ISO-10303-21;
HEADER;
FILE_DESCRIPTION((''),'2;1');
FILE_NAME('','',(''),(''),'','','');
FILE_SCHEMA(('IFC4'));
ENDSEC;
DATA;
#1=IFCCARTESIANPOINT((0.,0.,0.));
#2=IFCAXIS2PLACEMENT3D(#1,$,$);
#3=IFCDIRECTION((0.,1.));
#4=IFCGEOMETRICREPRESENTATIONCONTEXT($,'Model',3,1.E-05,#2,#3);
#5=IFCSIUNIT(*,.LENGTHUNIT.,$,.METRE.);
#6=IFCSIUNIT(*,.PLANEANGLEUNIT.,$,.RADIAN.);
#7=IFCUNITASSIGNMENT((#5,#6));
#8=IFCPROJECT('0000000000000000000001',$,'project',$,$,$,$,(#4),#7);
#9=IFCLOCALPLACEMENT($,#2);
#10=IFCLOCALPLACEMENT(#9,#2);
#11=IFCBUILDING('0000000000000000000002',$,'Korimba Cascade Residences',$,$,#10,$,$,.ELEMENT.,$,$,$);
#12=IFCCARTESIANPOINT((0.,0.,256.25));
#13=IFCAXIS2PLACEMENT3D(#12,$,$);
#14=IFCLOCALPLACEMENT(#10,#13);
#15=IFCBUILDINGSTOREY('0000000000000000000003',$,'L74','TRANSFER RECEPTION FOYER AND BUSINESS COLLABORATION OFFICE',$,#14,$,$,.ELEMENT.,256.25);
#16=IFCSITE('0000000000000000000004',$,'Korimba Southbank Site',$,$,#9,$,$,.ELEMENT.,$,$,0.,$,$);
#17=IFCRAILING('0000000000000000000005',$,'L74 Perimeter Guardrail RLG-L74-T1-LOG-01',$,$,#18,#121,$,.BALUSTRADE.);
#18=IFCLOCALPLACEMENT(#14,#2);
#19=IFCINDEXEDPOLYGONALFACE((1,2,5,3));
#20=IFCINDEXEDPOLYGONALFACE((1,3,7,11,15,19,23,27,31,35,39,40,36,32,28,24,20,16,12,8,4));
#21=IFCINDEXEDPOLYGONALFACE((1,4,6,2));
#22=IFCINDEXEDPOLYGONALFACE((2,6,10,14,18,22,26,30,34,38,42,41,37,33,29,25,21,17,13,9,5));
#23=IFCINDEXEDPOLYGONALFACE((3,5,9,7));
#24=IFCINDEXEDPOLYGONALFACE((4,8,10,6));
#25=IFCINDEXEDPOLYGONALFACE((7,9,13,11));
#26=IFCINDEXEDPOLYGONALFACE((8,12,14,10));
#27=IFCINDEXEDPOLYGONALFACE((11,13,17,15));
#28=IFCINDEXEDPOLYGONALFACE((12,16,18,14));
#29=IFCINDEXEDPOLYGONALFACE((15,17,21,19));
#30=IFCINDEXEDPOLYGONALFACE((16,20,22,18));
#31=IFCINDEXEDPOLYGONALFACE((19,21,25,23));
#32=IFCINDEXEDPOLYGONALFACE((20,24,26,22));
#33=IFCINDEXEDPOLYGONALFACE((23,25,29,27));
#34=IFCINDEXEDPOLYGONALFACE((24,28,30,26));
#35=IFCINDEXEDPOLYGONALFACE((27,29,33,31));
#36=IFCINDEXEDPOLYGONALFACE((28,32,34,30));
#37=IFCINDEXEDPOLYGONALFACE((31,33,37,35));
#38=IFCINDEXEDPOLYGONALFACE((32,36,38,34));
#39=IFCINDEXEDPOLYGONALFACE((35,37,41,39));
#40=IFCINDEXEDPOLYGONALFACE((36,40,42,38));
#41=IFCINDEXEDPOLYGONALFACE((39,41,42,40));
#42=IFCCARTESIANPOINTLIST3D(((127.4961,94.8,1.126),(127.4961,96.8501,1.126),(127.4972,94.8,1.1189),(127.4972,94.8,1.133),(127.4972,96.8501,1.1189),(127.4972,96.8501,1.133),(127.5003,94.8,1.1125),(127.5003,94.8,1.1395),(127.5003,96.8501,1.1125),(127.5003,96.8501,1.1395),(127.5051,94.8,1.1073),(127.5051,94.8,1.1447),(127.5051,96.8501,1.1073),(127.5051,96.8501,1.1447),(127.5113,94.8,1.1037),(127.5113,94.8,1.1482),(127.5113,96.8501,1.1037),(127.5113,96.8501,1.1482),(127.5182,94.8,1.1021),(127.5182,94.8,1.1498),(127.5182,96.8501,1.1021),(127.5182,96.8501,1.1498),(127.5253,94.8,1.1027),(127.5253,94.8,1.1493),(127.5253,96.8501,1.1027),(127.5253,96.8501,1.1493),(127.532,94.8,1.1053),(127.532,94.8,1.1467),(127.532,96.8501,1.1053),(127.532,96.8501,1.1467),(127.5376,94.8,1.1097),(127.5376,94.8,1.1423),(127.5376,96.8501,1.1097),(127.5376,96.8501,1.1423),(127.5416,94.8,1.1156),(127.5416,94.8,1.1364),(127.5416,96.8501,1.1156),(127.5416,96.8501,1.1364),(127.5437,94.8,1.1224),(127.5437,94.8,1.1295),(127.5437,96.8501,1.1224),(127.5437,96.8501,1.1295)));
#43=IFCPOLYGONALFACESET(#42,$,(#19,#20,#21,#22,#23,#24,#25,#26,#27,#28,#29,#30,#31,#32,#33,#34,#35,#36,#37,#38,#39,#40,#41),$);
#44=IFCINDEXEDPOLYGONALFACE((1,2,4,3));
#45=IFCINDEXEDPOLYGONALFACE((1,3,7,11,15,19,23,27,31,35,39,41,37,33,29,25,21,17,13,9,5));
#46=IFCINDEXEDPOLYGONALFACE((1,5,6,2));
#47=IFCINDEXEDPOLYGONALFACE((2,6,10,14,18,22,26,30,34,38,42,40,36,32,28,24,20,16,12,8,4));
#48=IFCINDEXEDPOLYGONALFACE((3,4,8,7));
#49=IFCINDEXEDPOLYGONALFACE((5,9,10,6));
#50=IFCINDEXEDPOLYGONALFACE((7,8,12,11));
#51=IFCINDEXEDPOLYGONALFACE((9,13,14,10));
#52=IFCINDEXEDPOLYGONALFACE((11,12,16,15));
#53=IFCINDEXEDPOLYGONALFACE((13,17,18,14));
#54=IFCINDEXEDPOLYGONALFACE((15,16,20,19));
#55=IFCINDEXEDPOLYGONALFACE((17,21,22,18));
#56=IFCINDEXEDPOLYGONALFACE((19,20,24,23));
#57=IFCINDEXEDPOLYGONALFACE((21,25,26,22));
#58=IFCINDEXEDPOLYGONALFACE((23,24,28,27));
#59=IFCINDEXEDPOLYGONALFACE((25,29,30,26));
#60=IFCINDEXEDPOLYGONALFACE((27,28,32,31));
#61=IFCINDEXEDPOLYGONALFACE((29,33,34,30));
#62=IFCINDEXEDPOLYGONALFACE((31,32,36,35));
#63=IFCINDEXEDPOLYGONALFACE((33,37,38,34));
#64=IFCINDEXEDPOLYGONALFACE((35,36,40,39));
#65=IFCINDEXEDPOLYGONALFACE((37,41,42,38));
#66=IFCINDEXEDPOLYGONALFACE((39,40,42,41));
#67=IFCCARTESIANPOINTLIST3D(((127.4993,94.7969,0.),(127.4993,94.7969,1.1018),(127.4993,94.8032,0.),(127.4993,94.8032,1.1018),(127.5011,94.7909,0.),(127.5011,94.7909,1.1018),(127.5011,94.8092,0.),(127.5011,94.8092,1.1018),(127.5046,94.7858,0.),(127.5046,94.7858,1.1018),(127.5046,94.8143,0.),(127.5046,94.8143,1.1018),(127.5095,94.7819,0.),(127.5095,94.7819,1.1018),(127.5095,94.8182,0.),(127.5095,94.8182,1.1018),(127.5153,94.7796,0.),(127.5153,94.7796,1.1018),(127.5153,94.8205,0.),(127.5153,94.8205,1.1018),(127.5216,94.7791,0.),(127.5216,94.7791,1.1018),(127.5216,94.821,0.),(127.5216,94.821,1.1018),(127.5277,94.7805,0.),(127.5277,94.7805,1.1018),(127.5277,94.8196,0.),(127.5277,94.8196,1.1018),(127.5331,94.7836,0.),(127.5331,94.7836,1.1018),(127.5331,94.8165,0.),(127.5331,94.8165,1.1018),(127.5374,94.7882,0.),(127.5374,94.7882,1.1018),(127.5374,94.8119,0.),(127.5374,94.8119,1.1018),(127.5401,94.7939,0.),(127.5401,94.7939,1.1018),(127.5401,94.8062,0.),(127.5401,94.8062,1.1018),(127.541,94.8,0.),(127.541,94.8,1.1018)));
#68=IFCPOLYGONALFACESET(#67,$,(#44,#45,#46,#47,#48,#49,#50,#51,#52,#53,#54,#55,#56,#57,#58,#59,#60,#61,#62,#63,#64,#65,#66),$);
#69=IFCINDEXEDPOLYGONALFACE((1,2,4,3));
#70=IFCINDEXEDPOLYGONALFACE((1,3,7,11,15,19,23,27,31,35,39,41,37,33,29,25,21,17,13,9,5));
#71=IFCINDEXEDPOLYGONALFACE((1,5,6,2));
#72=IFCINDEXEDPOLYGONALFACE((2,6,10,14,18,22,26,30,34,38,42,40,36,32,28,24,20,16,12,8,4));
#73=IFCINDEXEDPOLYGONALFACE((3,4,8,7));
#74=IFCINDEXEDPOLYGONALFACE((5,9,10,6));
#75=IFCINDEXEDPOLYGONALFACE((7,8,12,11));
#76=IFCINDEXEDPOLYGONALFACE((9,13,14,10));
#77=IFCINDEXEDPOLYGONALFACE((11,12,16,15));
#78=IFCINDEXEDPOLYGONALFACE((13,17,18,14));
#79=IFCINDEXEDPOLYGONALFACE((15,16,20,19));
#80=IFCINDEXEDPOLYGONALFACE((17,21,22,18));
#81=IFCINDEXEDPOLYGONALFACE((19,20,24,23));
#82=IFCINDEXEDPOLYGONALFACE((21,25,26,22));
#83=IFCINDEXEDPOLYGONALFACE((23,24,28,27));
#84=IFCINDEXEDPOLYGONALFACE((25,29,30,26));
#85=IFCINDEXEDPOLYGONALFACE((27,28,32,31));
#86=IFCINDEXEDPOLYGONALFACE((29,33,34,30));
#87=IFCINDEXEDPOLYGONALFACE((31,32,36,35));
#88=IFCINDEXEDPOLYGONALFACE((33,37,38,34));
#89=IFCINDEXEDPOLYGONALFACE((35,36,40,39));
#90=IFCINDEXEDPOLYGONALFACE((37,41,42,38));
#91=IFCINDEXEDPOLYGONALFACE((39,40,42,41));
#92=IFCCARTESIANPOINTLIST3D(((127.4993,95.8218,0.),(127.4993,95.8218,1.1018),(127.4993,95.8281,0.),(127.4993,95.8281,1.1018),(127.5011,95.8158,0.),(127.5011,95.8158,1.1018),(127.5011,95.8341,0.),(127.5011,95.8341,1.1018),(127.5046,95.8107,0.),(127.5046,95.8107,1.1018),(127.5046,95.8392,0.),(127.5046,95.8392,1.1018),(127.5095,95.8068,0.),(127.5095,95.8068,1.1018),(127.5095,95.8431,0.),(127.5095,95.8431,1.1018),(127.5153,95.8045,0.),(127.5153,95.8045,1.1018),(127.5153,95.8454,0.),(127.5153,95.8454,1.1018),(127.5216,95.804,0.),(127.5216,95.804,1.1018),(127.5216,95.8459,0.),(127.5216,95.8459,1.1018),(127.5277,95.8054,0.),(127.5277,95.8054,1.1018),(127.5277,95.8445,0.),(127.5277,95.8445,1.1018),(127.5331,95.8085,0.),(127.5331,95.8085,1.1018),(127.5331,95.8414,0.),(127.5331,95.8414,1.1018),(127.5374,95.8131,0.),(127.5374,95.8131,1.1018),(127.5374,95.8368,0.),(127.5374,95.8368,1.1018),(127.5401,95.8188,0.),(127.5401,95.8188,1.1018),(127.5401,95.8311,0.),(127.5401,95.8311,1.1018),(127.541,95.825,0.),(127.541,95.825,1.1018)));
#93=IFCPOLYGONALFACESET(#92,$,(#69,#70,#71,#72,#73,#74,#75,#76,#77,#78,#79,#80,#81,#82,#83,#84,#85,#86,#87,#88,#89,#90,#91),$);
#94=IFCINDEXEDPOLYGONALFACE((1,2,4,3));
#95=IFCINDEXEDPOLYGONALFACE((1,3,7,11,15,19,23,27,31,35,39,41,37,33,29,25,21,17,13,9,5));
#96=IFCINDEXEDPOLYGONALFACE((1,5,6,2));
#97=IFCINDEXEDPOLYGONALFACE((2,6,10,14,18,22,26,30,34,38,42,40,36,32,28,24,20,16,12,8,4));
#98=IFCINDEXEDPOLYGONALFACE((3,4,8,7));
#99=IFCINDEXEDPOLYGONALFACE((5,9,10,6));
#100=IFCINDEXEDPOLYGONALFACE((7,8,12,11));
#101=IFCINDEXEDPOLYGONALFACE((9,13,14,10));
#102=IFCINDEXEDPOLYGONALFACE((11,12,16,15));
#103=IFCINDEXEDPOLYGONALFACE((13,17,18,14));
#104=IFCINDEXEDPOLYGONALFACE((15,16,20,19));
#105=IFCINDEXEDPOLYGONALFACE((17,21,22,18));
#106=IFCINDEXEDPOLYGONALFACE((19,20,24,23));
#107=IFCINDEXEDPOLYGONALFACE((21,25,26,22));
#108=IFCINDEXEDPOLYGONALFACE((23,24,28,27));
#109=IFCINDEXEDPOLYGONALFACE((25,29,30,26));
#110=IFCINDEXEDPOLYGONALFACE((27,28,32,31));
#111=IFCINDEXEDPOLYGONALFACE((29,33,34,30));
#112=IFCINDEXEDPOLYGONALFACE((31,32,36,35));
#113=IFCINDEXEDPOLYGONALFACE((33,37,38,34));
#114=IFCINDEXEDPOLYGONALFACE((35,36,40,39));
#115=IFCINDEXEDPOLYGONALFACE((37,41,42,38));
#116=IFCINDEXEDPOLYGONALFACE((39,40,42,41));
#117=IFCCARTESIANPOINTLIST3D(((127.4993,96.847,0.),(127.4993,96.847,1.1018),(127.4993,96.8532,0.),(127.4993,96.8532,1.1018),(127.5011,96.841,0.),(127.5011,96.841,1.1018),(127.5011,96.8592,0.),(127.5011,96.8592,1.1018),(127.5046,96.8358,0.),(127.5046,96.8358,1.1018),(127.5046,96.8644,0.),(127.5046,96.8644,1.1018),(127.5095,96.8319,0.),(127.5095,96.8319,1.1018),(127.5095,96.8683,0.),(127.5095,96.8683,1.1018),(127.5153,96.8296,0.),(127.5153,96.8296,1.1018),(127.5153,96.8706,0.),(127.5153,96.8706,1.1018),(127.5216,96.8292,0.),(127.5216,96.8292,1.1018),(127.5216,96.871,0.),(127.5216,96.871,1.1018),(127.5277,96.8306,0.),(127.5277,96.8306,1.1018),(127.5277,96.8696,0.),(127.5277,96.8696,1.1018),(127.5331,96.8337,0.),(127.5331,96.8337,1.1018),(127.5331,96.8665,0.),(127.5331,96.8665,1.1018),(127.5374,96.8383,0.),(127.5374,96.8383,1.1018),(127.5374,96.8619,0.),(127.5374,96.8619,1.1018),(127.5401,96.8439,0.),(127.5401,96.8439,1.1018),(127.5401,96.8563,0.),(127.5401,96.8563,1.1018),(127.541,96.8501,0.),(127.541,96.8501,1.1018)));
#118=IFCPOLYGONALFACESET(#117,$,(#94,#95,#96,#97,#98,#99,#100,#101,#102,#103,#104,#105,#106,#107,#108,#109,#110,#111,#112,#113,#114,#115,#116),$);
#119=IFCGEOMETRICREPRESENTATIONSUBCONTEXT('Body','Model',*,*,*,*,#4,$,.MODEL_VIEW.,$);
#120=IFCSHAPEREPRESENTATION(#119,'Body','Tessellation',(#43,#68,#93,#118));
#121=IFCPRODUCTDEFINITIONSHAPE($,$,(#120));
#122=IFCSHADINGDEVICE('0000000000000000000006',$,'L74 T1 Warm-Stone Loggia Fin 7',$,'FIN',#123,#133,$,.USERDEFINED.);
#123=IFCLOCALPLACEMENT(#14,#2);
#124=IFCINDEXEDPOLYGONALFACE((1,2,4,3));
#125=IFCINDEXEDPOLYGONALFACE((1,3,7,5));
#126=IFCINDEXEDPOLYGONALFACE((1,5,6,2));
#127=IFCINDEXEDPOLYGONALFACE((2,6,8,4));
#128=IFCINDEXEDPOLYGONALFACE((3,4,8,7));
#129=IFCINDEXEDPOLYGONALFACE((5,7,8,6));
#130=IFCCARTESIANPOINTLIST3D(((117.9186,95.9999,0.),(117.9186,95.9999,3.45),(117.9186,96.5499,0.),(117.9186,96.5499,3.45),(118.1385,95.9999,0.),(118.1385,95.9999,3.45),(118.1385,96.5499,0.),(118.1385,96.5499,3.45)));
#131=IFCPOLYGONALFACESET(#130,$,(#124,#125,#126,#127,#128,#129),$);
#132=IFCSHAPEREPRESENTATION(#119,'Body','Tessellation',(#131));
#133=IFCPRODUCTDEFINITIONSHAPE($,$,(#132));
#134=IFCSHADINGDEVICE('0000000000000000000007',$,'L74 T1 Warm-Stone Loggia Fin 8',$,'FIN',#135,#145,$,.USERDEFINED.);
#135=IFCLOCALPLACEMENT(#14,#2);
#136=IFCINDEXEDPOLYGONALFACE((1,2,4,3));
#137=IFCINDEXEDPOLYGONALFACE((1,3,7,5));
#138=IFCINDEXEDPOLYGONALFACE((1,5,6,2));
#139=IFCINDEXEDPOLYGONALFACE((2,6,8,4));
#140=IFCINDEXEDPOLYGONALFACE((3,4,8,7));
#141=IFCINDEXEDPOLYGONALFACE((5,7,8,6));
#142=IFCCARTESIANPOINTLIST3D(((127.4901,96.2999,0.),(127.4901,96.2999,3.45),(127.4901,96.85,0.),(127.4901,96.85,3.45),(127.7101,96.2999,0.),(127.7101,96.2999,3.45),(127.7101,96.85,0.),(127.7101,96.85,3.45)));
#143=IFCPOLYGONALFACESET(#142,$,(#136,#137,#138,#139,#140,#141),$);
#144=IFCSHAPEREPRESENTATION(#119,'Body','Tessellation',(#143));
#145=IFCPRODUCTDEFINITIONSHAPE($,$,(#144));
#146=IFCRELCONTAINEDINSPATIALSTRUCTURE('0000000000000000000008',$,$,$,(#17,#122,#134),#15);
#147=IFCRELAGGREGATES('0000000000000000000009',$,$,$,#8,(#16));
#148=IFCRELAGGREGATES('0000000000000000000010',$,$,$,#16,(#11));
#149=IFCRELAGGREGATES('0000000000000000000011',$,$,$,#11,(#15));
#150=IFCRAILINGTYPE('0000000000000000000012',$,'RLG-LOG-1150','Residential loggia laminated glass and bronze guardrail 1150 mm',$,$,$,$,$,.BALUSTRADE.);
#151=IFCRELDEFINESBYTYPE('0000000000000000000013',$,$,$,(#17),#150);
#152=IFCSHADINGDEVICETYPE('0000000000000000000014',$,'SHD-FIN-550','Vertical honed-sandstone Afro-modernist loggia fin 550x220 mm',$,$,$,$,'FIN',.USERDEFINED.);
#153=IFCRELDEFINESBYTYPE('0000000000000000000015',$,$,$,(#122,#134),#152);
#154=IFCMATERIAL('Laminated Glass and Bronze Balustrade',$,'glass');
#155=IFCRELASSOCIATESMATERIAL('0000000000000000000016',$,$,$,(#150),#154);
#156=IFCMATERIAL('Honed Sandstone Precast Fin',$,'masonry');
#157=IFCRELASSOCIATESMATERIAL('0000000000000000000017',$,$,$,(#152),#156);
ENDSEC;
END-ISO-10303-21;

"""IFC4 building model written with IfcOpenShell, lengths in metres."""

from ifc_helpers import new_model, si_unit, direction, frame, origin, origin_2d, place, context, subcontext, project, spatial, rectangle, circle, extrude, material, type_object, element, save


model = new_model("IFC4")

# Units and contexts
model_context = context("Model", 3, precision=1e-05, world=origin(), true_north=direction((0.0, 1.0)))
body_context = subcontext(model_context, "Body", "Model", "MODEL_VIEW")
ifc_project = project(units=[si_unit("LENGTHUNIT", "METRE"), si_unit("PLANEANGLEUNIT", "RADIAN")], contexts=[model_context])

# Site, building, storey
site_placement = place(None, origin())
site = spatial("IfcSite", under=ifc_project, at=site_placement, Name="Korimba Southbank Site", CompositionType="ELEMENT", RefElevation=0.0)
building_placement = place(site_placement, origin())
building = spatial("IfcBuilding", under=site, at=building_placement, Name="Korimba Cascade Residences", CompositionType="ELEMENT")
storey_placement = place(building_placement, frame((0.0, 0.0, 256.25)))
storey = spatial("IfcBuildingStorey", under=building, at=storey_placement, Name="L74", Description="TRANSFER RECEPTION FOYER AND BUSINESS COLLABORATION OFFICE", CompositionType="ELEMENT", Elevation=256.25)

# Railing
ifc_material_1 = material(Name="Laminated Glass and Bronze Balustrade", Category="glass")
railing_type = type_object("IfcRailingType", Name="RLG-LOG-1150", Description="Residential loggia laminated glass and bronze guardrail 1150 mm", PredefinedType="BALUSTRADE", material=ifc_material_1)
railing_placement = place(storey_placement, frame((127.52, 94.8, 0.0)))
element("IfcRailing", 1, at=railing_placement, inside=storey, type_object=railing_type, Name="L74 Perimeter Guardrail RLG-L74-T1-LOG-01", PredefinedType="BALUSTRADE", context=body_context, shape_type="SweptSolid", body=[
    extrude(circle(Radius=0.0239, at=origin_2d()), frame((0.0, 0.0, 1.126), z_axis=(0.0, 1.0, 0.0), x_axis=(-1.0, 0.0, 0.0)), (0.0, 0.0, 1.0), 2.05),
    extrude(circle(Radius=0.021, at=origin_2d()), origin(), (0.0, 0.0, 1.0), 1.1018),
    extrude(circle(Radius=0.021, at=origin_2d()), frame((0.0, 1.0249, 0.0)), (0.0, 0.0, 1.0), 1.1018),
    extrude(circle(Radius=0.021, at=origin_2d()), frame((0.0, 2.05, 0.0)), (0.0, 0.0, 1.0), 1.1018),
])

# Shading devices
ifc_material_2 = material(Name="Honed Sandstone Precast Fin", Category="masonry")
shading_device_type = type_object("IfcShadingDeviceType", Name="SHD-FIN-550", Description="Vertical honed-sandstone Afro-modernist loggia fin 550x220 mm", ElementType="FIN", PredefinedType="USERDEFINED", material=ifc_material_2)
for number, where, z_axis, x_axis, name in (
    (2, (118.0286, 96.2749, 0.0), (0.0, 0.0, 1.0), (1.0, 0.0, 0.0), "L74 T1 Warm-Stone Loggia Fin 7"),
    (3, (127.6001, 96.575, 0.0), (0.0, 0.0, 1.0), (1.0, 0.0, 0.0), "L74 T1 Warm-Stone Loggia Fin 8"),
):
    element("IfcShadingDevice", number, at=place(storey_placement, frame(where, z_axis=z_axis, x_axis=x_axis)), inside=storey, type_object=shading_device_type, Name=name, ObjectType="FIN", PredefinedType="USERDEFINED", context=body_context, shape_type="SweptSolid", body=[
        extrude(rectangle(XDim=0.22, YDim=0.55, at=origin_2d()), origin(), (0.0, 0.0, 1.0), 3.45),
    ])

save(model, "model.ifc")
